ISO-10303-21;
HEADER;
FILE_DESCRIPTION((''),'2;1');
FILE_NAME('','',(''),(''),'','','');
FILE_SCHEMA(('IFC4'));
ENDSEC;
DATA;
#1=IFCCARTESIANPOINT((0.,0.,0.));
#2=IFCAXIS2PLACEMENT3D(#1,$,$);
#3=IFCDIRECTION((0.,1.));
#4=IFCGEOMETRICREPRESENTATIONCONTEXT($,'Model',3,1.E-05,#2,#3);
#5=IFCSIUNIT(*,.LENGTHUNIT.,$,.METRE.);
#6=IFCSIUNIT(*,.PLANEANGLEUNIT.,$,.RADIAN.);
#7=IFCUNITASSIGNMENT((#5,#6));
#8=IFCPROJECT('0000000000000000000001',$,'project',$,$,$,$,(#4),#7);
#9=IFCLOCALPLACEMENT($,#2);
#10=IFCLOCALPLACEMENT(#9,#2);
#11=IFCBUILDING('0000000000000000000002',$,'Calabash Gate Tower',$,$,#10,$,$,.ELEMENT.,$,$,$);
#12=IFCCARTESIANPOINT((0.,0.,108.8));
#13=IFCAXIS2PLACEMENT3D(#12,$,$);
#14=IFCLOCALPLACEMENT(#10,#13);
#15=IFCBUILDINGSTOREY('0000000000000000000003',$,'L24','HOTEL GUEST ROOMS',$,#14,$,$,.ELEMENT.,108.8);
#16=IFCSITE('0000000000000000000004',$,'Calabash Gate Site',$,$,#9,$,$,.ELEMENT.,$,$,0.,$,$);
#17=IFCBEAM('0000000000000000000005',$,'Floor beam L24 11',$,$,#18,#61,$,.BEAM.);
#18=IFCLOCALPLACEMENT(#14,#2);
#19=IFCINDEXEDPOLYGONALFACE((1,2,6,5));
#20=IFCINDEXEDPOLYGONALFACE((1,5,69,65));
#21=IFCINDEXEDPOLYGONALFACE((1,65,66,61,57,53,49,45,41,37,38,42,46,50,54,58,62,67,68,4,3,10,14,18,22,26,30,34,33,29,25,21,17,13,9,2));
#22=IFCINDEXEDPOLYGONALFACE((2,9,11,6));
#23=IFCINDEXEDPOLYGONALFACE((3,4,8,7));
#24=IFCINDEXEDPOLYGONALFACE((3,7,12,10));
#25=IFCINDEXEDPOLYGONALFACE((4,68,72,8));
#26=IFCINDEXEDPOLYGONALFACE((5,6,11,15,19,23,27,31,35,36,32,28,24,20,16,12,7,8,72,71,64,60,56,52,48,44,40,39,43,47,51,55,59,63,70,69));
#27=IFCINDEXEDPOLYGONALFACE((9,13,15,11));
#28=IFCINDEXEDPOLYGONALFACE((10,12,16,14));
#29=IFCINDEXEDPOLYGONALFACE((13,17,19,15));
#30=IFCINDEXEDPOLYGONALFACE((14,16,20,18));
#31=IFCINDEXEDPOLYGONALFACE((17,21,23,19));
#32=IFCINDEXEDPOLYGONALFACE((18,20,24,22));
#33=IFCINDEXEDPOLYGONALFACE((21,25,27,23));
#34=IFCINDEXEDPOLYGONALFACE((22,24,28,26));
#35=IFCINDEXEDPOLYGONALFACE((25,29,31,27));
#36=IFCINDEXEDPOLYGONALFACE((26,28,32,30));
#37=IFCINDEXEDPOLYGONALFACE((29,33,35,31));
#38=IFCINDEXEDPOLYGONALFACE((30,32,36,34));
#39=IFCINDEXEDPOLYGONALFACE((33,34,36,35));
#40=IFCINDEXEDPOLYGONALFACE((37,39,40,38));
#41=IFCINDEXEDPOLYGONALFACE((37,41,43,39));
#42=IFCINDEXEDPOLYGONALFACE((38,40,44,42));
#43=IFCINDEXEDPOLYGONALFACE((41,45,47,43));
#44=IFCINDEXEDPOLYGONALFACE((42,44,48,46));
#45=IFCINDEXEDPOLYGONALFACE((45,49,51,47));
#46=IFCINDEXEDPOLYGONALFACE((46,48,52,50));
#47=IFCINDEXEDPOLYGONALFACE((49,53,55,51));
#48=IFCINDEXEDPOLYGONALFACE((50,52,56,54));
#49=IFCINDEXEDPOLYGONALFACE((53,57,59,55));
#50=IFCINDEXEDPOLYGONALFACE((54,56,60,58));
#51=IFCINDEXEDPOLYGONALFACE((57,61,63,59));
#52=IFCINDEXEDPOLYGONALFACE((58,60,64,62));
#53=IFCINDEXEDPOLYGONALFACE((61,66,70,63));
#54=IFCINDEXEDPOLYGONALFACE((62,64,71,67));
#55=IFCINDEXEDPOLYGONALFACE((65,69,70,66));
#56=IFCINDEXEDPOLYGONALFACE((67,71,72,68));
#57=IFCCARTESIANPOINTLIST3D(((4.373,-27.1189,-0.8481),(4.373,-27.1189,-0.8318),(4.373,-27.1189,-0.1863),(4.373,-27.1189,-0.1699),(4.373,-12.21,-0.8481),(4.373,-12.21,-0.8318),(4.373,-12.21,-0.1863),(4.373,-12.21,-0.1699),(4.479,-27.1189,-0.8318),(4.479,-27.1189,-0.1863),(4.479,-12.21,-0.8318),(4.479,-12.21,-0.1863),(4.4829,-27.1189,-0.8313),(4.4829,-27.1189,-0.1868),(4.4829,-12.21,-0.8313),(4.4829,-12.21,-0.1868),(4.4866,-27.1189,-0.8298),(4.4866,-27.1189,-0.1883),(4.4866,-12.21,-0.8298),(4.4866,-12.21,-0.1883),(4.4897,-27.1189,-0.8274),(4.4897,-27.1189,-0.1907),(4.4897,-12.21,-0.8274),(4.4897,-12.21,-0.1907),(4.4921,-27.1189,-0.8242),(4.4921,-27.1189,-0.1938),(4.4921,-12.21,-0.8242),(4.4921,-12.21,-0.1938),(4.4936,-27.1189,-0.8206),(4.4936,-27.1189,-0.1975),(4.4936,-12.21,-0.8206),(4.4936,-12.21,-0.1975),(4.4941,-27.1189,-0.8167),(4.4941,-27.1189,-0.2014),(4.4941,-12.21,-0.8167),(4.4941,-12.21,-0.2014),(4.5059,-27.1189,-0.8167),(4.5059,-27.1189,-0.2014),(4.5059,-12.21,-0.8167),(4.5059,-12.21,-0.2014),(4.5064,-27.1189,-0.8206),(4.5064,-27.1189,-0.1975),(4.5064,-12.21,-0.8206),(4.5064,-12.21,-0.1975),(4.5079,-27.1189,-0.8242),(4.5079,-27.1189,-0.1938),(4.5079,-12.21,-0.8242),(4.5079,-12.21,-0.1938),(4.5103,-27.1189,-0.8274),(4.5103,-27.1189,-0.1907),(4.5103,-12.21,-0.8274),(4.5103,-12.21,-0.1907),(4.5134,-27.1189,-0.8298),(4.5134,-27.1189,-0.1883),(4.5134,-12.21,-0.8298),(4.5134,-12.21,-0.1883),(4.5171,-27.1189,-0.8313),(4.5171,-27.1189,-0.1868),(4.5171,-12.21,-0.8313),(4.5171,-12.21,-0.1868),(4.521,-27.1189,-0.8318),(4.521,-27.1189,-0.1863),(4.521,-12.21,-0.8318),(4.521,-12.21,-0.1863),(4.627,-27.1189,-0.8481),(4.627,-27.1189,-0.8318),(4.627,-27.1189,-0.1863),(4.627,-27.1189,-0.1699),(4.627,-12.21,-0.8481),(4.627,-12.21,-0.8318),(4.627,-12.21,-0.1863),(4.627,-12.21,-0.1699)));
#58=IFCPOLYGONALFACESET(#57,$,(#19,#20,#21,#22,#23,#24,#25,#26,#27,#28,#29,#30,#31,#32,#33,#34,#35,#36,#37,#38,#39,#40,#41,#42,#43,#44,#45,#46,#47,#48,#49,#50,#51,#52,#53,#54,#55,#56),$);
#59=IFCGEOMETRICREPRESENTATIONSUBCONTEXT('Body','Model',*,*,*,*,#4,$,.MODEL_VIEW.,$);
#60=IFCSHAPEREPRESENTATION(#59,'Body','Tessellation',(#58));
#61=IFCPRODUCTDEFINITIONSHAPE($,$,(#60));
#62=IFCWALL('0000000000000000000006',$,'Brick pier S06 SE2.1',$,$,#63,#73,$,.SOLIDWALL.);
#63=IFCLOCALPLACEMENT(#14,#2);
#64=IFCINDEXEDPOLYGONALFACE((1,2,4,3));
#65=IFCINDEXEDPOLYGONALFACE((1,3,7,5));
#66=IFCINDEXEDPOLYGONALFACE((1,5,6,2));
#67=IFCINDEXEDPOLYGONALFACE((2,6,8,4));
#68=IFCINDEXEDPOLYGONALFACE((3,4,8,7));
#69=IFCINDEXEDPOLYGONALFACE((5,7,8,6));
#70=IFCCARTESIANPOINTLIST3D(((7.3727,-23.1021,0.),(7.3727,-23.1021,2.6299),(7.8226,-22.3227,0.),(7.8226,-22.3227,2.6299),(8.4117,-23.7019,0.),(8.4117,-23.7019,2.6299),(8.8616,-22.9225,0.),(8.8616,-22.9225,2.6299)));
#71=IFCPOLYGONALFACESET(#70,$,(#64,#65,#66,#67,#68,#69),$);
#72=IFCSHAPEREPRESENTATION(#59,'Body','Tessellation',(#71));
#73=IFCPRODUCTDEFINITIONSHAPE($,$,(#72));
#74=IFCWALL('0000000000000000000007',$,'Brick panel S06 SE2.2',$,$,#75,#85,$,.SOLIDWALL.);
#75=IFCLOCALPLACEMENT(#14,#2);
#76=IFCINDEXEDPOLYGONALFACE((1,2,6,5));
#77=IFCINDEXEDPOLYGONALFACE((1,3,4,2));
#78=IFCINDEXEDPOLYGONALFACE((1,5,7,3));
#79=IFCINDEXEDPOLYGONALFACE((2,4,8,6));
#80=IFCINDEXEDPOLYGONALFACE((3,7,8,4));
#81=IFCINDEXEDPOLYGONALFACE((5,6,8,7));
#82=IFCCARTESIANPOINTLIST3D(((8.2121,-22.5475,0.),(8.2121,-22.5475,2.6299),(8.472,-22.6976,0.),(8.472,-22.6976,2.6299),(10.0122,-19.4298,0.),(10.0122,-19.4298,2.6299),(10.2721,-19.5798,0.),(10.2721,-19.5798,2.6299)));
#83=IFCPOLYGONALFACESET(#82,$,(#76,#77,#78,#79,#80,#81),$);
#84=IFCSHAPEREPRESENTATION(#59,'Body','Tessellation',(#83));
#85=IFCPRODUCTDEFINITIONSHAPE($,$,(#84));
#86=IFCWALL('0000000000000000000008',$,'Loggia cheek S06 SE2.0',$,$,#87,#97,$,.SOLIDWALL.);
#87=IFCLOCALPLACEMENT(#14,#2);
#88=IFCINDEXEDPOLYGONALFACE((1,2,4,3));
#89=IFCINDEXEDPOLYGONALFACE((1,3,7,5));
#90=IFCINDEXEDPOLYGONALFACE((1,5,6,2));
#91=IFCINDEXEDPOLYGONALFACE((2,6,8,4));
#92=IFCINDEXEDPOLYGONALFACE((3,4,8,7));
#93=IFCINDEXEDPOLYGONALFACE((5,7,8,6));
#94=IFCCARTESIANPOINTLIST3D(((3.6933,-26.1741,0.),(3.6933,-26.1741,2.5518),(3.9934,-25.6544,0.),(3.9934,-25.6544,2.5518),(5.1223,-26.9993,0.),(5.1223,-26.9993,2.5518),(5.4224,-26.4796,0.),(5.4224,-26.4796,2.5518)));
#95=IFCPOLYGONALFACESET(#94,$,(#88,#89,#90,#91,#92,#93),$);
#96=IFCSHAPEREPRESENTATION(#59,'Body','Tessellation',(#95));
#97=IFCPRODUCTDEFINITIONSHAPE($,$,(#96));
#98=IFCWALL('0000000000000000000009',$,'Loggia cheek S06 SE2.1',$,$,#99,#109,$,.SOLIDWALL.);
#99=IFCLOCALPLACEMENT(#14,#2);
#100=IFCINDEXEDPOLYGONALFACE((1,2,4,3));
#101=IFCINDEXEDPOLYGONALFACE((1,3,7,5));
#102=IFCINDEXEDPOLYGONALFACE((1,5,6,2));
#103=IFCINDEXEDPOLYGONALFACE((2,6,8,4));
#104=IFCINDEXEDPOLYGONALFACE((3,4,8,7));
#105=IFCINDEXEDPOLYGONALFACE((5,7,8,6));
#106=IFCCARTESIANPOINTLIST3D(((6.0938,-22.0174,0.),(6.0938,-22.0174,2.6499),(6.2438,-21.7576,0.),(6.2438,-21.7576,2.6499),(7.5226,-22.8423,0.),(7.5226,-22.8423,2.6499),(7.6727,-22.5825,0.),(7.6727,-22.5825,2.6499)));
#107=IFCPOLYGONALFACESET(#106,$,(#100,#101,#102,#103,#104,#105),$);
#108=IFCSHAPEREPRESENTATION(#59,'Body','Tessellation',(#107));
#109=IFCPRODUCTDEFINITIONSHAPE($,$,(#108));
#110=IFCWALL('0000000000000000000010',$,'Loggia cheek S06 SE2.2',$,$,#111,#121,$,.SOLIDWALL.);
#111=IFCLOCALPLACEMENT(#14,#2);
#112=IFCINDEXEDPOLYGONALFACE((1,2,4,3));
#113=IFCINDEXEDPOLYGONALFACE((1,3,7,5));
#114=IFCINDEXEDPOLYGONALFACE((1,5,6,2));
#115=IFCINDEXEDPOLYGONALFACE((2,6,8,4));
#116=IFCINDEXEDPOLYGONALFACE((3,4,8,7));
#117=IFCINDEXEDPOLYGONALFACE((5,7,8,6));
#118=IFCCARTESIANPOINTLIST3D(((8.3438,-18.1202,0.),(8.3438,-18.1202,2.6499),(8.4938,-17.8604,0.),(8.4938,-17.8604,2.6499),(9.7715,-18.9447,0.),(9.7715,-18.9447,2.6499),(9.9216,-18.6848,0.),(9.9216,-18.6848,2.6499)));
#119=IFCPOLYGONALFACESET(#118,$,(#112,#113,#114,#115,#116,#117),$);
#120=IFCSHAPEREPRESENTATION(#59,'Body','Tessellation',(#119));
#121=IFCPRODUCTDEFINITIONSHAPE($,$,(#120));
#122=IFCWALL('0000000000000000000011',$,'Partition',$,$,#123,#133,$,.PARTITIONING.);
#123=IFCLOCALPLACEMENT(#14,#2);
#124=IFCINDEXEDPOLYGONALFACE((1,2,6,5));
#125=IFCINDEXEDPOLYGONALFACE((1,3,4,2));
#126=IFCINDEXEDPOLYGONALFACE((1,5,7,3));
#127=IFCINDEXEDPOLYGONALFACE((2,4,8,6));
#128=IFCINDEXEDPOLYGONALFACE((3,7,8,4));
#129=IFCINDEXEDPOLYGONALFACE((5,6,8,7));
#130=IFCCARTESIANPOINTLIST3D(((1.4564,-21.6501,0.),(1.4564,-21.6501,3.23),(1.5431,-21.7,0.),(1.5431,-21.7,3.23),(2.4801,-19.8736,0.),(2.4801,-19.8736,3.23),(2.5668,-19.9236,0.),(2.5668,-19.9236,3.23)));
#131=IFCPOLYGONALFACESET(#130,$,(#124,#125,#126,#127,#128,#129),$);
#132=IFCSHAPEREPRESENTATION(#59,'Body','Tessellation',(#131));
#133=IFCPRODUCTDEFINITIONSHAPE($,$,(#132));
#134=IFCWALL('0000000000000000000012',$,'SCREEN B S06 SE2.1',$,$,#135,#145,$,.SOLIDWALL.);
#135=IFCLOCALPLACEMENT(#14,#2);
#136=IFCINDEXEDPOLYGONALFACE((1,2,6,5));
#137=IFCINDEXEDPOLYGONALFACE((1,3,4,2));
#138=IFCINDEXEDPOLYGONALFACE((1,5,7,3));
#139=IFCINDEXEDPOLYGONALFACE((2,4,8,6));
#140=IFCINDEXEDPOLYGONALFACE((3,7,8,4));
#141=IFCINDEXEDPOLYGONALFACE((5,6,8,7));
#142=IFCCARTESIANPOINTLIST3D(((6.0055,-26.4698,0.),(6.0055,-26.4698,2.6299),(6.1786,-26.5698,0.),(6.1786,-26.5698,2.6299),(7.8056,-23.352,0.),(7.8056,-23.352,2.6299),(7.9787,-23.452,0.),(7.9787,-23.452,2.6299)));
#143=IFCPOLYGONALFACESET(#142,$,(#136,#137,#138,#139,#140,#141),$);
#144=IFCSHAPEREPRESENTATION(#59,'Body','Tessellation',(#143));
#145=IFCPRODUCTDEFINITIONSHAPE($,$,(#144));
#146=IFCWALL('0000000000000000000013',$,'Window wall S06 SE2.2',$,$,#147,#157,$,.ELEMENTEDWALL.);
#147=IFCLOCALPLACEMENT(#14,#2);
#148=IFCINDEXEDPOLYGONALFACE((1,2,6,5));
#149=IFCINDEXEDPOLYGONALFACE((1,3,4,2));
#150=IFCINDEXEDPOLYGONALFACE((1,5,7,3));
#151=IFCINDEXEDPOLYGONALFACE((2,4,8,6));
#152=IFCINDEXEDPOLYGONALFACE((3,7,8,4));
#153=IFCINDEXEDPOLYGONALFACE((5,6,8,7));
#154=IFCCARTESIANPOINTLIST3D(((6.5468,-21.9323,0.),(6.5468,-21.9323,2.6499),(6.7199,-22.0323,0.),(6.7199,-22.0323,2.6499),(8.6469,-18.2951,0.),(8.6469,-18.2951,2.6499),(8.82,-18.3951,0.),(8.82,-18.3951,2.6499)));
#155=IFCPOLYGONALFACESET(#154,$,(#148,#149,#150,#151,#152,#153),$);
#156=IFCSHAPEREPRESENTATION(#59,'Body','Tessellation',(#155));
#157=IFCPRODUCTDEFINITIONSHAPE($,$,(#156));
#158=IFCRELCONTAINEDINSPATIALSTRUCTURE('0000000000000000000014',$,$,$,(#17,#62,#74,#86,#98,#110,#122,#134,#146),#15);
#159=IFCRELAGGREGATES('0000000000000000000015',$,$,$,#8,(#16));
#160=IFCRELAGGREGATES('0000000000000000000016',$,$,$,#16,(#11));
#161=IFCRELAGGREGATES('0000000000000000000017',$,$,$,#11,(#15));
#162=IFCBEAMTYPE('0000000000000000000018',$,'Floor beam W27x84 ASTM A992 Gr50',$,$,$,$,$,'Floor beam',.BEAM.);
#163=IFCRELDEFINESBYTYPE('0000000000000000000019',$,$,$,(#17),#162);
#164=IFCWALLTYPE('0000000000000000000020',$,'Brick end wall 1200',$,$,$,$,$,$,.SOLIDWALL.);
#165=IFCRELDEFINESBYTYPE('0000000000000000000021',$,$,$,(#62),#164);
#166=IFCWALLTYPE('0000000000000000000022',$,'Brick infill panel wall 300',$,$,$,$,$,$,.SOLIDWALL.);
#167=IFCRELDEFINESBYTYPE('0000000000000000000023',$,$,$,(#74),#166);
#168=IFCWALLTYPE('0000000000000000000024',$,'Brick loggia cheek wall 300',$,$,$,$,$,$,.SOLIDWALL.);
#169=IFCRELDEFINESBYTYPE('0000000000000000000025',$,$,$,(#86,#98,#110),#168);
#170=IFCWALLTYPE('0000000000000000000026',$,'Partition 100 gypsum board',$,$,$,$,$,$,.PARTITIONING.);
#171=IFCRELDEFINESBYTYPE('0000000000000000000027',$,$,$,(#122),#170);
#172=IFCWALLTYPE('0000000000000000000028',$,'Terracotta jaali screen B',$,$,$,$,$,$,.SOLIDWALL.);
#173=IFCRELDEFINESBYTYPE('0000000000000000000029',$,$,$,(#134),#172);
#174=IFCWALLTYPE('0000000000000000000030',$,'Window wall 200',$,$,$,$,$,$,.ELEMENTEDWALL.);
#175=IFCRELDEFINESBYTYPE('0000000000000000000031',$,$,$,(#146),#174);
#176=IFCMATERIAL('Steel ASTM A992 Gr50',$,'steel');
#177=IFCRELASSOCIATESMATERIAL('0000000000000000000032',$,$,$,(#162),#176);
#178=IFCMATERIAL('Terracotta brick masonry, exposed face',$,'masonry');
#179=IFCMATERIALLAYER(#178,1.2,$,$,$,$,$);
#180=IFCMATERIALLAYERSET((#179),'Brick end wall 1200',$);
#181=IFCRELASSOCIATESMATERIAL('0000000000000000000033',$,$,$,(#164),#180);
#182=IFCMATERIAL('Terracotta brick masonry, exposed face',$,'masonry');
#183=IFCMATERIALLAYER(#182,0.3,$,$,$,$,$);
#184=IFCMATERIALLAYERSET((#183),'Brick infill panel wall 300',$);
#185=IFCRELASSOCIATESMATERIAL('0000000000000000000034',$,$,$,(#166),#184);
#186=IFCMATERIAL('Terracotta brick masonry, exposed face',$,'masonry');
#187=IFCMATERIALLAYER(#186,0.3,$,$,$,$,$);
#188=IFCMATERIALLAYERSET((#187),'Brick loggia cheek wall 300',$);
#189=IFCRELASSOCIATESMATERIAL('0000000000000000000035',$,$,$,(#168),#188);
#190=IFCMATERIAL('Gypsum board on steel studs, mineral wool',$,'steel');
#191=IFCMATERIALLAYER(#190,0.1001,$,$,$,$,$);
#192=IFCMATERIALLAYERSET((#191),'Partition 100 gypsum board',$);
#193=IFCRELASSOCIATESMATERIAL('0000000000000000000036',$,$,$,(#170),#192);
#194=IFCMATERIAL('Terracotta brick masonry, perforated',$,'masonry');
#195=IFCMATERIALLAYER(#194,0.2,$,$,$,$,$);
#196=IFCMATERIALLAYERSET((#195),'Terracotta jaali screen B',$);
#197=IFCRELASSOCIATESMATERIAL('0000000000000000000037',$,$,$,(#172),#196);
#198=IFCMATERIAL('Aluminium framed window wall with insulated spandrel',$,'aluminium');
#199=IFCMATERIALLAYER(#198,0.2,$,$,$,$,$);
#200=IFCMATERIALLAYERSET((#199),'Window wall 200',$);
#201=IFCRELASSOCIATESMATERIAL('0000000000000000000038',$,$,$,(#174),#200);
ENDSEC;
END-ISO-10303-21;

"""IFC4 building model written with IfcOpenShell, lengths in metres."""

from ifc_helpers import new_model, si_unit, direction, frame, frame_2d, origin, origin_2d, place, context, subcontext, project, spatial, rectangle, i_section, extrude, material, layer, layer_set, material_profile, profile_set, type_object, element, save


model = new_model("IFC4")

# Units and contexts
model_context = context("Model", 3, precision=1e-05, world=origin(), true_north=direction((0.0, 1.0)))
body_context = subcontext(model_context, "Body", "Model", "MODEL_VIEW")
ifc_project = project(units=[si_unit("LENGTHUNIT", "METRE"), si_unit("PLANEANGLEUNIT", "RADIAN")], contexts=[model_context])

# Site, building, storey
site_placement = place(None, origin())
site = spatial("IfcSite", under=ifc_project, at=site_placement, Name="Calabash Gate Site", CompositionType="ELEMENT", RefElevation=0.0)
building_placement = place(site_placement, origin())
building = spatial("IfcBuilding", under=site, at=building_placement, Name="Calabash Gate Tower", CompositionType="ELEMENT")
storey_placement = place(building_placement, frame((0.0, 0.0, 108.8)))
storey = spatial("IfcBuildingStorey", under=building, at=storey_placement, Name="L24", Description="HOTEL GUEST ROOMS", CompositionType="ELEMENT", Elevation=108.8)

# Beam
ifc_material_1 = material(Name="Steel ASTM A992 Gr50", Category="steel")
ifc_material_profile_1 = material_profile(ifc_material_1, i_section(OverallWidth=0.2539, OverallDepth=0.6782, WebThickness=0.0117, FlangeThickness=0.0164, FilletRadius=0.0151, at=origin_2d()))
ifc_profile_set_1 = profile_set([ifc_material_profile_1], Name="Steel ASTM A992 Gr50")
beam_type_1 = type_object("IfcBeamType", Name="Floor beam W27x84 ASTM A992 Gr50", ElementType="Floor beam", PredefinedType="BEAM", material=ifc_profile_set_1)
beam_1_placement = place(storey_placement, frame((4.5, -27.1189, -0.509), z_axis=(0.0, 1.0, 0.0), x_axis=(-1.0, 0.0, 0.0)))
element("IfcBeam", 1, at=beam_1_placement, inside=storey, type_object=beam_type_1, Name="Floor beam L24 11", PredefinedType="BEAM", context=body_context, shape_type="SweptSolid", body=[
    extrude(i_section(OverallWidth=0.2539, OverallDepth=0.6782, WebThickness=0.0117, FlangeThickness=0.0164, FilletRadius=0.0151, at=origin_2d()), origin(), (0.0, 0.0, 1.0), 14.9089),
])

# Walls
ifc_material_2 = material(Name="Terracotta brick masonry, exposed face", Category="masonry")
ifc_layer_1 = layer(ifc_material_2, 1.2)
ifc_layer_set_1 = layer_set([ifc_layer_1], Name="Brick end wall 1200")
wall_type_1 = type_object("IfcWallType", Name="Brick end wall 1200", PredefinedType="SOLIDWALL", material=ifc_layer_set_1)
wall_1_placement = place(storey_placement, frame((7.5977, -22.7124, 0.0), z_axis=(0.0, 0.0, 1.0), x_axis=(0.866043, -0.499969, 0.0)))
element("IfcWall", 2, at=wall_1_placement, inside=storey, type_object=wall_type_1, Name="Brick pier S06 SE2.1", PredefinedType="SOLIDWALL", context=body_context, shape_type="SweptSolid", body=[
    extrude(rectangle(XDim=1.1997, YDim=0.8999, at=frame_2d((0.5999, 0.0))), origin(), (0.0, 0.0, 1.0), 2.6299),
])
ifc_material_3 = material(Name="Terracotta brick masonry, exposed face", Category="masonry")
ifc_layer_2 = layer(ifc_material_3, 0.3)
ifc_layer_set_2 = layer_set([ifc_layer_2], Name="Brick infill panel wall 300")
wall_type_2 = type_object("IfcWallType", Name="Brick infill panel wall 300", PredefinedType="SOLIDWALL", material=ifc_layer_set_2)
wall_2_placement = place(storey_placement, frame((8.342, -22.6226, 0.0), z_axis=(0.0, 0.0, 1.0), x_axis=(0.500012, 0.866018, 0.0)))
element("IfcWall", 3, at=wall_2_placement, inside=storey, type_object=wall_type_2, Name="Brick panel S06 SE2.2", PredefinedType="SOLIDWALL", context=body_context, shape_type="SweptSolid", body=[
    extrude(rectangle(XDim=3.6001, YDim=0.3, at=frame_2d((1.8, 0.0))), origin(), (0.0, 0.0, 1.0), 2.6299),
])
ifc_material_4 = material(Name="Terracotta brick masonry, exposed face", Category="masonry")
ifc_layer_3 = layer(ifc_material_4, 0.3)
ifc_layer_set_3 = layer_set([ifc_layer_3], Name="Brick loggia cheek wall 300")
wall_type_3 = type_object("IfcWallType", Name="Brick loggia cheek wall 300", PredefinedType="SOLIDWALL", material=ifc_layer_set_3)
wall_3_placement = place(storey_placement, frame((5.2725, -26.7395, 0.0), z_axis=(0.0, 0.0, 1.0), x_axis=(-0.865976, 0.500085, 0.0)))
element("IfcWall", 4, at=wall_3_placement, inside=storey, type_object=wall_type_3, Name="Loggia cheek S06 SE2.0", PredefinedType="SOLIDWALL", context=body_context, shape_type="SweptSolid", body=[
    extrude(rectangle(XDim=1.6501, YDim=0.6001, at=frame_2d((0.8252, 0.0))), origin(), (0.0, 0.0, 1.0), 2.5518),
])
wall_4_placement = place(storey_placement, frame((7.5977, -22.7124, 0.0), z_axis=(0.0, 0.0, 1.0), x_axis=(-0.86604, 0.499974, 0.0)))
element("IfcWall", 5, at=wall_4_placement, inside=storey, type_object=wall_type_3, Name="Loggia cheek S06 SE2.1", PredefinedType="SOLIDWALL", context=body_context, shape_type="SweptSolid", body=[
    extrude(rectangle(XDim=1.6499, YDim=0.3, at=frame_2d((0.825, 0.0))), origin(), (0.0, 0.0, 1.0), 2.6499),
])
wall_5_placement = place(storey_placement, frame((9.8464, -18.8147, 0.0), z_axis=(0.0, 0.0, 1.0), x_axis=(-0.865983, 0.500073, 0.0)))
element("IfcWall", 6, at=wall_5_placement, inside=storey, type_object=wall_type_3, Name="Loggia cheek S06 SE2.2", PredefinedType="SOLIDWALL", context=body_context, shape_type="SweptSolid", body=[
    extrude(rectangle(XDim=1.6487, YDim=0.3, at=frame_2d((0.8242, 0.0))), origin(), (0.0, 0.0, 1.0), 2.6499),
])
ifc_material_5 = material(Name="Gypsum board on steel studs, mineral wool", Category="steel")
ifc_layer_4 = layer(ifc_material_5, 0.1001)
ifc_layer_set_4 = layer_set([ifc_layer_4], Name="Partition 100 gypsum board")
wall_type_4 = type_object("IfcWallType", Name="Partition 100 gypsum board", PredefinedType="PARTITIONING", material=ifc_layer_set_4)
wall_6_placement = place(storey_placement, frame((1.4998, -21.675, 0.0), z_axis=(0.0, 0.0, 1.0), x_axis=(0.499303, 0.866427, 0.0)))
element("IfcWall", 7, at=wall_6_placement, inside=storey, type_object=wall_type_4, Name="Partition", PredefinedType="PARTITIONING", context=body_context, shape_type="SweptSolid", body=[
    extrude(rectangle(XDim=2.0503, YDim=0.1001, at=frame_2d((1.0251, 0.0))), origin(), (0.0, 0.0, 1.0), 3.23),
])
ifc_material_6 = material(Name="Terracotta brick masonry, perforated", Category="masonry")
ifc_layer_5 = layer(ifc_material_6, 0.2)
ifc_layer_set_5 = layer_set([ifc_layer_5], Name="Terracotta jaali screen B")
wall_type_5 = type_object("IfcWallType", Name="Terracotta jaali screen B", PredefinedType="SOLIDWALL", material=ifc_layer_set_5)
wall_7_placement = place(storey_placement, frame((6.092, -26.5198, 0.0), z_axis=(0.0, 0.0, 1.0), x_axis=(0.500012, 0.866018, 0.0)))
element("IfcWall", 8, at=wall_7_placement, inside=storey, type_object=wall_type_5, Name="SCREEN B S06 SE2.1", PredefinedType="SOLIDWALL", context=body_context, shape_type="SweptSolid", body=[
    extrude(rectangle(XDim=3.6001, YDim=0.2, at=frame_2d((1.8, 0.0))), origin(), (0.0, 0.0, 1.0), 2.6299),
])

# Shared definitions
ifc_material_7 = material(Name="Aluminium framed window wall with insulated spandrel", Category="aluminium")
ifc_layer_6 = layer(ifc_material_7, 0.2)
ifc_layer_set_6 = layer_set([ifc_layer_6], Name="Window wall 200")
wall_type_6 = type_object("IfcWallType", Name="Window wall 200", PredefinedType="ELEMENTEDWALL", material=ifc_layer_set_6)

# Wall
wall_8_placement = place(storey_placement, frame((6.6333, -21.9824, 0.0), z_axis=(0.0, 0.0, 1.0), x_axis=(0.500028, 0.866009, 0.0)))
element("IfcWall", 9, at=wall_8_placement, inside=storey, type_object=wall_type_6, Name="Window wall S06 SE2.2", PredefinedType="ELEMENTEDWALL", context=body_context, shape_type="SweptSolid", body=[
    extrude(rectangle(XDim=4.2, YDim=0.2, at=frame_2d((2.1001, 0.0))), origin(), (0.0, 0.0, 1.0), 2.6499),
])

save(model, "model.ifc")
